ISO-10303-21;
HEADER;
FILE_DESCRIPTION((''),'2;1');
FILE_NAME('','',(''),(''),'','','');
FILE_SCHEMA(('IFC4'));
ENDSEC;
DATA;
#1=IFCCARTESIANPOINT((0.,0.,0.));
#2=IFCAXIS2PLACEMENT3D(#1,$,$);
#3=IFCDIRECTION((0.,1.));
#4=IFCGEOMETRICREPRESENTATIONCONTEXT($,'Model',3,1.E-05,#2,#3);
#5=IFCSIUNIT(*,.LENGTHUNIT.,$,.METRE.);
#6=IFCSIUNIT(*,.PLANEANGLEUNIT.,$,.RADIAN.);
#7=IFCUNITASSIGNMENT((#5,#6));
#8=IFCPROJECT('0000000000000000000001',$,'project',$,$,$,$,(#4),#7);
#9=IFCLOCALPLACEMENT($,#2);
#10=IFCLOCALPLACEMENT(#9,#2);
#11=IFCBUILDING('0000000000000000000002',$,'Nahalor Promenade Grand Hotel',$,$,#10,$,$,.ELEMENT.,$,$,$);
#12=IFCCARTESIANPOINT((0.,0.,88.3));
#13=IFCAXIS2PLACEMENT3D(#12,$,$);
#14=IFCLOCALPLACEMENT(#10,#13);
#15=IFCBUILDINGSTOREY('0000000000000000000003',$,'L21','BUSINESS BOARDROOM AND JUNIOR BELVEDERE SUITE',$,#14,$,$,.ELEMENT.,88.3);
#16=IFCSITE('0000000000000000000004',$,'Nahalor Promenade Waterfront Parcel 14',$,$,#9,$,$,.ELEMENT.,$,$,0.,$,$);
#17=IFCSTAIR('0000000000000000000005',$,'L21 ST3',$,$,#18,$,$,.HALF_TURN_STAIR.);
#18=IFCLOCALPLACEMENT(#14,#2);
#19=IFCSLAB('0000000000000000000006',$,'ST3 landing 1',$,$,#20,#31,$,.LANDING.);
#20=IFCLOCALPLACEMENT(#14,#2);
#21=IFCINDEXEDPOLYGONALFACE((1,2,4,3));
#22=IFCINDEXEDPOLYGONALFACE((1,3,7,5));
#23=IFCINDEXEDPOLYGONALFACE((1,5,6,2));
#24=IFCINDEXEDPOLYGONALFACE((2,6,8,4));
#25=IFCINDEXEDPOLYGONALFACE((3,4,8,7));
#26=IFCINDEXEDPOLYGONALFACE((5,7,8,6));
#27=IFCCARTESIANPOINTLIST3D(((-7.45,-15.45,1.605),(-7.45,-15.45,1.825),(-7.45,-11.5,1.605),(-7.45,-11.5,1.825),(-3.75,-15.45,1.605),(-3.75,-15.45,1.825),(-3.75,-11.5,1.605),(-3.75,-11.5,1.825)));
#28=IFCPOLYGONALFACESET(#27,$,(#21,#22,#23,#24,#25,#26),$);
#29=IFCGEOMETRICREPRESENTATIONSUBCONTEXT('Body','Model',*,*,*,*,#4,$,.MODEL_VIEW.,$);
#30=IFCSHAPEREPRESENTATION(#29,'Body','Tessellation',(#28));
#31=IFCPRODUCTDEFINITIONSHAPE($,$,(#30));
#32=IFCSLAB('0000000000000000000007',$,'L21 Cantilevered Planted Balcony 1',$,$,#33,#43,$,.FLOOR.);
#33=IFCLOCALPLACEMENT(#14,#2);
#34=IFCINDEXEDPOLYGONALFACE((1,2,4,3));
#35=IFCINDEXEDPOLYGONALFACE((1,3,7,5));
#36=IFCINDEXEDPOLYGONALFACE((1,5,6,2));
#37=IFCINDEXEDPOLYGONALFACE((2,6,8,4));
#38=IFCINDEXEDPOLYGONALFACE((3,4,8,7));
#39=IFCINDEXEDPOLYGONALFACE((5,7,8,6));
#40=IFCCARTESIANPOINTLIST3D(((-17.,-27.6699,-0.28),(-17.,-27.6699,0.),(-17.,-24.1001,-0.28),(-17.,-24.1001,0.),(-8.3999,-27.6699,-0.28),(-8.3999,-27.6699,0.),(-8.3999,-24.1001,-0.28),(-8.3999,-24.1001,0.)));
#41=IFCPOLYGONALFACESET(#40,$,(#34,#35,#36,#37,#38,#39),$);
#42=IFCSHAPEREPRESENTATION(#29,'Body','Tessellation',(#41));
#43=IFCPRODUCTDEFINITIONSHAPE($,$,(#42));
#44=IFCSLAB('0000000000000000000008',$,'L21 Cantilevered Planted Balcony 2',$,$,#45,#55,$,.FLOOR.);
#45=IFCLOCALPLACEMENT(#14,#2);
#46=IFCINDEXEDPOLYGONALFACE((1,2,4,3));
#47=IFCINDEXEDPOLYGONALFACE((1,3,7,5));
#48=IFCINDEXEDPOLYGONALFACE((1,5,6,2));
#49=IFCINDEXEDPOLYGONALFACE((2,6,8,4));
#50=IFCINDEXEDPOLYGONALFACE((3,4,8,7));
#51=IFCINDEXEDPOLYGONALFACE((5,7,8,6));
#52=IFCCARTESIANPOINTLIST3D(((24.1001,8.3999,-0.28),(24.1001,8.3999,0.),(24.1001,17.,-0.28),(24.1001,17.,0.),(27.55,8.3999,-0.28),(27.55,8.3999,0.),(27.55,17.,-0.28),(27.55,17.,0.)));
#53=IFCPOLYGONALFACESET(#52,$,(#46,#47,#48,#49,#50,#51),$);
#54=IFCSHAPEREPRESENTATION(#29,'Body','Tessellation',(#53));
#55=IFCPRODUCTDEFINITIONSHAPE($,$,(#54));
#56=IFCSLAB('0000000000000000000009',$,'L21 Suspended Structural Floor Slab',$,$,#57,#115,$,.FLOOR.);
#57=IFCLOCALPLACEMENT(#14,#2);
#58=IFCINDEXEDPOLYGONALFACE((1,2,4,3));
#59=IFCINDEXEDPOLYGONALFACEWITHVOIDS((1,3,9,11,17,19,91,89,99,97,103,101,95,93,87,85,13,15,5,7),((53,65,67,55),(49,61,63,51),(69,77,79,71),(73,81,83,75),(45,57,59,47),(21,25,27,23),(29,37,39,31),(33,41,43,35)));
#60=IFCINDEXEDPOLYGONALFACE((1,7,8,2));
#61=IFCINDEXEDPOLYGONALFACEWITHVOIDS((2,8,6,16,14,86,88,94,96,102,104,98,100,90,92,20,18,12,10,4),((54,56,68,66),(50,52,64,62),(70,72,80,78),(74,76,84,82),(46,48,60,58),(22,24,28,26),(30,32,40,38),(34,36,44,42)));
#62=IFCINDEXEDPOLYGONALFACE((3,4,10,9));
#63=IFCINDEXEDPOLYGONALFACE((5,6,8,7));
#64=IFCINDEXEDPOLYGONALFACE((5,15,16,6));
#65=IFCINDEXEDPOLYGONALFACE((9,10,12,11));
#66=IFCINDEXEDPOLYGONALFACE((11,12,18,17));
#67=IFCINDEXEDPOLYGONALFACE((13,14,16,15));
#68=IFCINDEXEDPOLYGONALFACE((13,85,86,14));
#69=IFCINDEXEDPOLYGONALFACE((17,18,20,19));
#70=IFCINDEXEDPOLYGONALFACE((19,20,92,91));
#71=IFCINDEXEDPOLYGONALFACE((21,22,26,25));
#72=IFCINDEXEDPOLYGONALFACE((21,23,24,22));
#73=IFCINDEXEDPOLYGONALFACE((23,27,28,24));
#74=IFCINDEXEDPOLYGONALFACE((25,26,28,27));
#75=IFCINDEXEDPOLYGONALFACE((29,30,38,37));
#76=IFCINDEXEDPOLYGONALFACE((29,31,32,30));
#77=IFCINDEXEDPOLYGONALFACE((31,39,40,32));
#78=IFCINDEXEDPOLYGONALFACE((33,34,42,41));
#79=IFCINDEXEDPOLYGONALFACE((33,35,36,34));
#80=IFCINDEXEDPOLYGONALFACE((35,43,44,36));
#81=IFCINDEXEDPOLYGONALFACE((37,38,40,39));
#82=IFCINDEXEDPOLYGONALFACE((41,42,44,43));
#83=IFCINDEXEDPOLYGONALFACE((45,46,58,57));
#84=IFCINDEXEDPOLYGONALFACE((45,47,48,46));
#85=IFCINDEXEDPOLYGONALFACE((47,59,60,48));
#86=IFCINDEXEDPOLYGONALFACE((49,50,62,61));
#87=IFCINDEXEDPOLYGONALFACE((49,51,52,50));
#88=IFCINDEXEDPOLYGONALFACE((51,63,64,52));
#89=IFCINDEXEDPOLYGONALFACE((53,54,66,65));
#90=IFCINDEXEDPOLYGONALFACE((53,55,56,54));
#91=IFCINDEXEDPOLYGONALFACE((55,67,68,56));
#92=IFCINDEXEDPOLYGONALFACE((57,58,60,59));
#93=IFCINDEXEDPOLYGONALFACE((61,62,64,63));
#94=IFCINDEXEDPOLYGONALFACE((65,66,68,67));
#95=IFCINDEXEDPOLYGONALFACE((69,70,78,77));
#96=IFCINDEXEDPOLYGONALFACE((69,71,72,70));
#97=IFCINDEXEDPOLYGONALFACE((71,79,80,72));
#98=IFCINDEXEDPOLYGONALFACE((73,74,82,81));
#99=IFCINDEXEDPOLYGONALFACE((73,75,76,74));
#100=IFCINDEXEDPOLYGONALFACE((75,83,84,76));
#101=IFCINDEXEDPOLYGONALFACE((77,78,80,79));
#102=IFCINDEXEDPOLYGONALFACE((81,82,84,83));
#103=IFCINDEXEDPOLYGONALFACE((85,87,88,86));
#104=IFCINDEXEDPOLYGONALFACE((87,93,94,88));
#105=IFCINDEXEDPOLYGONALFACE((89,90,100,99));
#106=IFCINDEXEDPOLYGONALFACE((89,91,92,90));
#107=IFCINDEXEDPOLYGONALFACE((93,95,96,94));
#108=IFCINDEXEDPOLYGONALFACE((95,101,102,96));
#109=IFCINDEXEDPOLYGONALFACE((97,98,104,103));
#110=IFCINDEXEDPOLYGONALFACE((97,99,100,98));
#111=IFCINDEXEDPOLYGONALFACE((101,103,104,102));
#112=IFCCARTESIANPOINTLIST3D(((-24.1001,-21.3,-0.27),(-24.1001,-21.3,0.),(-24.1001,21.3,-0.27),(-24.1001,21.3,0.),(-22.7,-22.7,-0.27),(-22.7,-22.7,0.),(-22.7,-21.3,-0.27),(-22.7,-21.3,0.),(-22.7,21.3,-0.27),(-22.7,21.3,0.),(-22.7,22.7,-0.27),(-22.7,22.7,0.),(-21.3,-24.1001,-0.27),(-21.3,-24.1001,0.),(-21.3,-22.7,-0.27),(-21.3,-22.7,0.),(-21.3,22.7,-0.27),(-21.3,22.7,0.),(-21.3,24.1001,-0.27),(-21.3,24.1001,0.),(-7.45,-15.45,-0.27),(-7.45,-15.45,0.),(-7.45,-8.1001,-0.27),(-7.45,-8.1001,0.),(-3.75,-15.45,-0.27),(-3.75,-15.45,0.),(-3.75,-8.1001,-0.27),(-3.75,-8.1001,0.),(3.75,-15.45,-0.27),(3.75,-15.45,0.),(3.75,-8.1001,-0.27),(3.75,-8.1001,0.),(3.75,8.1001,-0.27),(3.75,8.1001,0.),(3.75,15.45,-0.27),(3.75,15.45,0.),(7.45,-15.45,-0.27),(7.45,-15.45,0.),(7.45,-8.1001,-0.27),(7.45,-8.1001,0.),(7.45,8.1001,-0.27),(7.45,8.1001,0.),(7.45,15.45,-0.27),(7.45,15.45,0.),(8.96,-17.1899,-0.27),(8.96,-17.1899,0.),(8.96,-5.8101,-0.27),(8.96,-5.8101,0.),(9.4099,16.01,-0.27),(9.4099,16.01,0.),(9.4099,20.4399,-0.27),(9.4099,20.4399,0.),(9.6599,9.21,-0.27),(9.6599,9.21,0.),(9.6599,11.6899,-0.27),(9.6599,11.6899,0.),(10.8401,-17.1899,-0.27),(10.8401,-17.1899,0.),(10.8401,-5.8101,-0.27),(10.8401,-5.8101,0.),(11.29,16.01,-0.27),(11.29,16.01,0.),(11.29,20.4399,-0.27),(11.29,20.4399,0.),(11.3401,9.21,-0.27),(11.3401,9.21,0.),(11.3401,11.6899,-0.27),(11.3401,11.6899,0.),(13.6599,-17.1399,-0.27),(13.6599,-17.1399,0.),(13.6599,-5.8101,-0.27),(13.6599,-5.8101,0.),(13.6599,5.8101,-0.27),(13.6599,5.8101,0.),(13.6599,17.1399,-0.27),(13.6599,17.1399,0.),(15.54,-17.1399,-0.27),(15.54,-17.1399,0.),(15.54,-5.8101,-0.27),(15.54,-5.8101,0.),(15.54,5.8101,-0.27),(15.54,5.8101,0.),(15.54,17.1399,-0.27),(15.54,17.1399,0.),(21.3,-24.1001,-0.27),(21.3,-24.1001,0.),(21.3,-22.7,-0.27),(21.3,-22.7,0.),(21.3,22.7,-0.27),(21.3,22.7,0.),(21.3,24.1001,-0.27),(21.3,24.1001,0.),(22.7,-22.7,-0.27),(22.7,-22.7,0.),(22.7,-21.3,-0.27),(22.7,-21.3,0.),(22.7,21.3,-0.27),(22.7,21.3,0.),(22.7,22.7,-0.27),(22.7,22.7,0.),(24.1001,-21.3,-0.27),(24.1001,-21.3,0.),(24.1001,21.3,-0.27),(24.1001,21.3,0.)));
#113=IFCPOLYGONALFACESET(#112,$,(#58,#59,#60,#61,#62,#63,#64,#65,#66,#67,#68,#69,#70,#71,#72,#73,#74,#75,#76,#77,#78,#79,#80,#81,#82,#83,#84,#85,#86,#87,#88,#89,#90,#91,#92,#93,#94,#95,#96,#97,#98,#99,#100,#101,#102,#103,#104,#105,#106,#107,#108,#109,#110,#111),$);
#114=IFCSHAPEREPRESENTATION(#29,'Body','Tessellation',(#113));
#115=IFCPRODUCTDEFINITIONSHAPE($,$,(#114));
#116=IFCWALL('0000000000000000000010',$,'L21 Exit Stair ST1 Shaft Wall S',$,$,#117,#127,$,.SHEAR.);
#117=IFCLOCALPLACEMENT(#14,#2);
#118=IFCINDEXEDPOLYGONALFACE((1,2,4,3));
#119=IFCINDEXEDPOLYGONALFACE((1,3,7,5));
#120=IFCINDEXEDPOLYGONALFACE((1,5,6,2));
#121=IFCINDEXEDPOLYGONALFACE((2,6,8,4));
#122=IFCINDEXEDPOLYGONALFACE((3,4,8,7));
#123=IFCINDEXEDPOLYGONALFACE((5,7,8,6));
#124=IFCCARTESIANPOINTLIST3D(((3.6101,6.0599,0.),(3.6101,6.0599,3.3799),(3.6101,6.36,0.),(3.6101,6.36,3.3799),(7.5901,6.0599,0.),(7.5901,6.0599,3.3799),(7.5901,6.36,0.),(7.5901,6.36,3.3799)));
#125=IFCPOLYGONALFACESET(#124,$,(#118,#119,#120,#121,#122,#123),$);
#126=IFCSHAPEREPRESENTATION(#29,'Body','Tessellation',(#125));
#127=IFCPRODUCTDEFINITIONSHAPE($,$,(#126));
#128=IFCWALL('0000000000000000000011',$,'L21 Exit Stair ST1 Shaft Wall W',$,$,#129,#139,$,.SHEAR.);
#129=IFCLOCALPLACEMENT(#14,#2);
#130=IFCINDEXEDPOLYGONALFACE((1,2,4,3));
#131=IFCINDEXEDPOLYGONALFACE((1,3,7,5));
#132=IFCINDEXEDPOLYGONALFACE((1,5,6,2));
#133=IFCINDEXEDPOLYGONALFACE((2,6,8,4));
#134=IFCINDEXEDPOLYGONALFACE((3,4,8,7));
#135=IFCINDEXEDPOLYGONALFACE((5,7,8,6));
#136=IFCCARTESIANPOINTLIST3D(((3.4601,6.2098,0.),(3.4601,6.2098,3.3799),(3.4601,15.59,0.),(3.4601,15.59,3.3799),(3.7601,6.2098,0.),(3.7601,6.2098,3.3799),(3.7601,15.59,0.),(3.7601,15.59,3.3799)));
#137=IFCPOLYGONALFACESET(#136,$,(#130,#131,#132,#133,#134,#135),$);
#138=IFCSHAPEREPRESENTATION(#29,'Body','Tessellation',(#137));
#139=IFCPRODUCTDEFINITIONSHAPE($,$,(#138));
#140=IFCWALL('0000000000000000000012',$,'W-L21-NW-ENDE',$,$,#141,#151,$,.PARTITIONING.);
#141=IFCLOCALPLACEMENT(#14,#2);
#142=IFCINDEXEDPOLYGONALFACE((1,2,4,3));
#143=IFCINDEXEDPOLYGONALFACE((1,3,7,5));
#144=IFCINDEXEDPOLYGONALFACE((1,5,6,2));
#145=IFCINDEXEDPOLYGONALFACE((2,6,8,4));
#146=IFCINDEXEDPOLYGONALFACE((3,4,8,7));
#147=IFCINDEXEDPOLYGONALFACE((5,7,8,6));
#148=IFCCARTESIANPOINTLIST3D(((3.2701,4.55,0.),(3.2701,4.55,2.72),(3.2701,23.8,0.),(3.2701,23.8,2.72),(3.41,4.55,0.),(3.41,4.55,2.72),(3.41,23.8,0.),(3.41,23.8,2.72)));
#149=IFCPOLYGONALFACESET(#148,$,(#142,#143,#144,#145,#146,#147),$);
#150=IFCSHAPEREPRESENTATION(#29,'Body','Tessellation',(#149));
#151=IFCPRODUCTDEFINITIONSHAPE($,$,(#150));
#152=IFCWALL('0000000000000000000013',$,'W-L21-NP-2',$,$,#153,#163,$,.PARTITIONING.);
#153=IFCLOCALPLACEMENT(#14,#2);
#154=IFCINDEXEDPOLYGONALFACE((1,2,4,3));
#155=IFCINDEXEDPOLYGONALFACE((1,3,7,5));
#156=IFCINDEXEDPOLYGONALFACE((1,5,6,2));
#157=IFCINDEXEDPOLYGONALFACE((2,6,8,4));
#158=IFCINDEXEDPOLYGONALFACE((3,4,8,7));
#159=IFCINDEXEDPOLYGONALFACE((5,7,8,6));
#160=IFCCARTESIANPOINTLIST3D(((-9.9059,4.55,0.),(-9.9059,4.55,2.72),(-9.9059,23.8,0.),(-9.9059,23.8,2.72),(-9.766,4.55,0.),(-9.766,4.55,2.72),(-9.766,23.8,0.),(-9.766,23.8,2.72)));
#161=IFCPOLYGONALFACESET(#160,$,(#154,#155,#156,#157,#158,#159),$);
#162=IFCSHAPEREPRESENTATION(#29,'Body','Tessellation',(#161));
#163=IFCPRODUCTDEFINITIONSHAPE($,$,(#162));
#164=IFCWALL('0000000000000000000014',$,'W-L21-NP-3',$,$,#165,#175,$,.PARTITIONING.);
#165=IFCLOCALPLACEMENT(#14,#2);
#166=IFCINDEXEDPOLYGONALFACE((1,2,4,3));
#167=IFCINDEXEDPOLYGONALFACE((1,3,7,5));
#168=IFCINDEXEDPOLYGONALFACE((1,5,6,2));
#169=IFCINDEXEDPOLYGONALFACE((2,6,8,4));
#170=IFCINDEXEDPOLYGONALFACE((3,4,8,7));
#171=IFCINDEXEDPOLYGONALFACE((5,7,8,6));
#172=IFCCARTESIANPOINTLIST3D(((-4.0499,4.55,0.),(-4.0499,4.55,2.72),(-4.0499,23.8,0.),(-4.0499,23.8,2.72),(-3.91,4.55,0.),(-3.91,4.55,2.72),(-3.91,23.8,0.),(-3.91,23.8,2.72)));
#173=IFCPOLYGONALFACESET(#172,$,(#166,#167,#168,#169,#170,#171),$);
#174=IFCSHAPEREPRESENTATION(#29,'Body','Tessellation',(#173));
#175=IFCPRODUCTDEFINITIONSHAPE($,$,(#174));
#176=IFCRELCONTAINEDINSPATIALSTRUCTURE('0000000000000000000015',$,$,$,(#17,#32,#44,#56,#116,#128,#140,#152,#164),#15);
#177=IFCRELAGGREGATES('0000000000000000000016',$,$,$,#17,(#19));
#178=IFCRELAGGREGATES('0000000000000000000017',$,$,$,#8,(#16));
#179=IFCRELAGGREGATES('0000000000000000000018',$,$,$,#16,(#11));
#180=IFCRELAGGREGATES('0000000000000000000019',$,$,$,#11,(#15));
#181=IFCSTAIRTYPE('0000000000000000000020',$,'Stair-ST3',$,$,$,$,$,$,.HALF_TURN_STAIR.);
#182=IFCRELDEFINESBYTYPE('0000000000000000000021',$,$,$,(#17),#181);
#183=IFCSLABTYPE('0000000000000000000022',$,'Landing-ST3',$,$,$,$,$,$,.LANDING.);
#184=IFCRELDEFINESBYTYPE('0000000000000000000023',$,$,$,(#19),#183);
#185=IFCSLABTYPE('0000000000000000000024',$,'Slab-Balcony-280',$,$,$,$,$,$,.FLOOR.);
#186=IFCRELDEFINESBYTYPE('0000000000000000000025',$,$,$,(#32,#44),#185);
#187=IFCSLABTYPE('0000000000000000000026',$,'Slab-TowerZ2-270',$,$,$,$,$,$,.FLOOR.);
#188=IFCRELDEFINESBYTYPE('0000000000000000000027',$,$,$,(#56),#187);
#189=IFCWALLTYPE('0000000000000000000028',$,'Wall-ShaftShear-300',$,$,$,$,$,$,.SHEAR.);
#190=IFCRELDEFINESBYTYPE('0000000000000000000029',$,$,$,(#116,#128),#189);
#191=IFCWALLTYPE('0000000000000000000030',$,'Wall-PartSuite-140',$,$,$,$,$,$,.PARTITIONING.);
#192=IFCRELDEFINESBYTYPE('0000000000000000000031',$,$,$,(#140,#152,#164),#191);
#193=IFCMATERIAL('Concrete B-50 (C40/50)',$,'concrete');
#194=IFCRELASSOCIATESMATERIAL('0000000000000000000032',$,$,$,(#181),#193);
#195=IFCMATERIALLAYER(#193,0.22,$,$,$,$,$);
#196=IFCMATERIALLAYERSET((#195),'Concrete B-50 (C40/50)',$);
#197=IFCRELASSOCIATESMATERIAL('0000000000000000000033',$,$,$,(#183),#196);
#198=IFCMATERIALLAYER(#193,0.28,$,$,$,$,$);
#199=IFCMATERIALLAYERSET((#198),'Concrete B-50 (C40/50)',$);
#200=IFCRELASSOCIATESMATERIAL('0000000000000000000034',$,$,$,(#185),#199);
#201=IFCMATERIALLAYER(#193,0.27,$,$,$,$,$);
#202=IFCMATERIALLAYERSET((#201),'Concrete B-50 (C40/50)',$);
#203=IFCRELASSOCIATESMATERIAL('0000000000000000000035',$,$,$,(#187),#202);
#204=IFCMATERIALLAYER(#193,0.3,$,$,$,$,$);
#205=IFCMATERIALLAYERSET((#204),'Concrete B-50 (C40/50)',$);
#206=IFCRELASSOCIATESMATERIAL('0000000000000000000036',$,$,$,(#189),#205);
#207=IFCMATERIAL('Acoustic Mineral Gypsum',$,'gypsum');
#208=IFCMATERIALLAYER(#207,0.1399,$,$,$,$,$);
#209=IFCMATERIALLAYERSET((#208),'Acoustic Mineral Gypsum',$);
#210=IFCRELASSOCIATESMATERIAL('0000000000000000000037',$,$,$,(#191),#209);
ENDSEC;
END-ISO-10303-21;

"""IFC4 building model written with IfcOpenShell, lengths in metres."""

from ifc_helpers import new_model, si_unit, direction, frame, frame_2d, origin, place, context, subcontext, project, spatial, polyline, rectangle, outline, extrude, source, transform, mapped, material, layer, layer_set, type_object, element, aggregate, save


model = new_model("IFC4")

# Units and contexts
model_context = context("Model", 3, precision=1e-05, world=origin(), true_north=direction((0.0, 1.0)))
body_context = subcontext(model_context, "Body", "Model", "MODEL_VIEW")
ifc_project = project(units=[si_unit("LENGTHUNIT", "METRE"), si_unit("PLANEANGLEUNIT", "RADIAN")], contexts=[model_context])

# Site, building, storey
site_placement = place(None, origin())
site = spatial("IfcSite", under=ifc_project, at=site_placement, Name="Nahalor Promenade Waterfront Parcel 14", CompositionType="ELEMENT", RefElevation=0.0)
building_placement = place(site_placement, origin())
building = spatial("IfcBuilding", under=site, at=building_placement, Name="Nahalor Promenade Grand Hotel", CompositionType="ELEMENT")
storey_placement = place(building_placement, frame((0.0, 0.0, 88.3)))
storey = spatial("IfcBuildingStorey", under=building, at=storey_placement, Name="L21", Description="BUSINESS BOARDROOM AND JUNIOR BELVEDERE SUITE", CompositionType="ELEMENT", Elevation=88.3)

# Stair, slab
ifc_material_1 = material(Name="Concrete B-50 (C40/50)", Category="concrete")
stair_type_1 = type_object("IfcStairType", Name="Stair-ST3", PredefinedType="HALF_TURN_STAIR", material=ifc_material_1)
stair_1_placement = place(storey_placement, origin())
stair_1 = element("IfcStair", 1, at=stair_1_placement, inside=storey, type_object=stair_type_1, Name="L21 ST3", PredefinedType="HALF_TURN_STAIR")
ifc_layer_1 = layer(ifc_material_1, 0.22)
ifc_layer_set_1 = layer_set([ifc_layer_1], Name="Concrete B-50 (C40/50)")
slab_type_1 = type_object("IfcSlabType", Name="Landing-ST3", PredefinedType="LANDING", material=ifc_layer_set_1)
slab_1_placement = place(storey_placement, frame((0.0, 0.0, 1.605)))
slab_1 = element("IfcSlab", 2, at=slab_1_placement, type_object=slab_type_1, Name="ST3 landing 1", PredefinedType="LANDING", context=body_context, shape_type="SweptSolid", body=[
    extrude(outline(polyline([(-7.45, -11.5), (-7.45, -15.45), (-3.75, -15.45), (-3.75, -11.5), (-7.45, -11.5)])), origin(), (0.0, 0.0, 1.0), 0.22),
])
aggregate(stair_1, [slab_1])

# Slabs
ifc_layer_2 = layer(ifc_material_1, 0.28)
ifc_layer_set_2 = layer_set([ifc_layer_2], Name="Concrete B-50 (C40/50)")
slab_type_2 = type_object("IfcSlabType", Name="Slab-Balcony-280", PredefinedType="FLOOR", material=ifc_layer_set_2)
slab_2_placement = place(storey_placement, frame((0.0, 0.0, -0.28)))
element("IfcSlab", 3, at=slab_2_placement, inside=storey, type_object=slab_type_2, Name="L21 Cantilevered Planted Balcony 1", PredefinedType="FLOOR", context=body_context, shape_type="SweptSolid", body=[
    extrude(outline(polyline([(-17.0, -27.6699), (-8.3999, -27.6699), (-8.3999, -24.1001), (-17.0, -24.1001), (-17.0, -27.6699)])), origin(), (0.0, 0.0, 1.0), 0.28),
])
slab_3_placement = place(storey_placement, frame((0.0, 0.0, -0.28)))
element("IfcSlab", 4, at=slab_3_placement, inside=storey, type_object=slab_type_2, Name="L21 Cantilevered Planted Balcony 2", PredefinedType="FLOOR", context=body_context, shape_type="SweptSolid", body=[
    extrude(outline(polyline([(24.1001, 8.3999), (27.55, 8.3999), (27.55, 17.0), (24.1001, 17.0), (24.1001, 8.3999)])), origin(), (0.0, 0.0, 1.0), 0.28),
])
ifc_layer_3 = layer(ifc_material_1, 0.27)
ifc_layer_set_3 = layer_set([ifc_layer_3], Name="Concrete B-50 (C40/50)")
slab_type_3 = type_object("IfcSlabType", Name="Slab-TowerZ2-270", PredefinedType="FLOOR", material=ifc_layer_set_3)
slab_4_placement = place(storey_placement, frame((0.0, 0.0, -0.27)))
element("IfcSlab", 5, at=slab_4_placement, inside=storey, type_object=slab_type_3, Name="L21 Suspended Structural Floor Slab", PredefinedType="FLOOR", context=body_context, shape_type="SweptSolid", body=[
    extrude(outline(polyline([(-21.3, -24.1001), (21.3, -24.1001), (21.3, -22.7), (22.7, -22.7), (22.7, -21.3), (24.1001, -21.3), (24.1001, 21.3), (22.7, 21.3), (22.7, 22.7), (21.3, 22.7), (21.3, 24.1001), (-21.3, 24.1001), (-21.3, 22.7), (-22.7, 22.7), (-22.7, 21.3), (-24.1001, 21.3), (-24.1001, -21.3), (-22.7, -21.3), (-22.7, -22.7), (-21.3, -22.7), (-21.3, -24.1001)]), holes=[polyline([(3.75, 8.1001), (7.45, 8.1001), (7.45, 15.45), (3.75, 15.45), (3.75, 8.1001)]), polyline([(3.75, -15.45), (7.45, -15.45), (7.45, -8.1001), (3.75, -8.1001), (3.75, -15.45)]), polyline([(-7.45, -15.45), (-3.75, -15.45), (-3.75, -8.1001), (-7.45, -8.1001), (-7.45, -15.45)]), polyline([(13.6599, 5.8101), (15.54, 5.8101), (15.54, 17.1399), (13.6599, 17.1399), (13.6599, 5.8101)]), polyline([(13.6599, -17.1399), (15.54, -17.1399), (15.54, -5.8101), (13.6599, -5.8101), (13.6599, -17.1399)]), polyline([(8.96, -17.1899), (10.8401, -17.1899), (10.8401, -5.8101), (8.96, -5.8101), (8.96, -17.1899)]), polyline([(9.4099, 16.01), (11.29, 16.01), (11.29, 20.4399), (9.4099, 20.4399), (9.4099, 16.01)]), polyline([(9.6599, 9.21), (11.3401, 9.21), (11.3401, 11.6899), (9.6599, 11.6899), (9.6599, 9.21)])]), origin(), (0.0, 0.0, 1.0), 0.27),
])

# Walls
ifc_layer_4 = layer(ifc_material_1, 0.3)
ifc_layer_set_4 = layer_set([ifc_layer_4], Name="Concrete B-50 (C40/50)")
wall_type_1 = type_object("IfcWallType", Name="Wall-ShaftShear-300", PredefinedType="SHEAR", material=ifc_layer_set_4)
shared_shape_1 = source(origin(), body_context, "Body", "SweptSolid", [
    extrude(rectangle(XDim=3.98, YDim=0.3, at=frame_2d((1.99, 0.0))), origin(), (0.0, 0.0, 1.0), 3.3799),
])
wall_1_placement = place(storey_placement, frame((3.6101, 6.21, 0.0), z_axis=(0.0, 0.0, 1.0), x_axis=(1.0, 0.0, 0.0)))
element("IfcWall", 6, at=wall_1_placement, inside=storey, type_object=wall_type_1, Name="L21 Exit Stair ST1 Shaft Wall S", PredefinedType="SHEAR", context=body_context, shape_type="MappedRepresentation", body=[
    mapped(shared_shape_1, transform((0.0, 0.0, 0.0), scale=1.0)),
])
shared_shape_2 = source(origin(), body_context, "Body", "SweptSolid", [
    extrude(rectangle(XDim=9.3801, YDim=0.3, at=frame_2d((4.6899, 0.0))), origin(), (0.0, 0.0, 1.0), 3.3799),
])
wall_2_placement = place(storey_placement, frame((3.6101, 6.21, 0.0), z_axis=(0.0, 0.0, 1.0), x_axis=(0.0, 1.0, 0.0)))
element("IfcWall", 7, at=wall_2_placement, inside=storey, type_object=wall_type_1, Name="L21 Exit Stair ST1 Shaft Wall W", PredefinedType="SHEAR", context=body_context, shape_type="MappedRepresentation", body=[
    mapped(shared_shape_2, transform((0.0, 0.0, 0.0), scale=1.0)),
])
ifc_material_2 = material(Name="Acoustic Mineral Gypsum", Category="gypsum")
ifc_layer_5 = layer(ifc_material_2, 0.1399)
ifc_layer_set_5 = layer_set([ifc_layer_5], Name="Acoustic Mineral Gypsum")
wall_type_2 = type_object("IfcWallType", Name="Wall-PartSuite-140", PredefinedType="PARTITIONING", material=ifc_layer_set_5)
shared_shape_3 = source(origin(), body_context, "Body", "SweptSolid", [
    extrude(rectangle(XDim=19.25, YDim=0.1399, at=frame_2d((9.625, 0.0))), origin(), (0.0, 0.0, 1.0), 2.72),
])
for number, where, z_axis, x_axis, name in (
    (8, (3.3401, 4.55, 0.0), (0.0, 0.0, 1.0), (0.0, 1.0, 0.0), "W-L21-NW-ENDE"),
    (9, (-9.8359, 4.55, 0.0), (0.0, 0.0, 1.0), (0.0, 1.0, 0.0), "W-L21-NP-2"),
    (10, (-3.98, 4.55, 0.0), (0.0, 0.0, 1.0), (0.0, 1.0, 0.0), "W-L21-NP-3"),
):
    element("IfcWall", number, at=place(storey_placement, frame(where, z_axis=z_axis, x_axis=x_axis)), inside=storey, type_object=wall_type_2, Name=name, PredefinedType="PARTITIONING", context=body_context, shape_type="MappedRepresentation", body=[
        mapped(shared_shape_3, transform((0.0, 0.0, 0.0), scale=1.0)),
    ])

save(model, "model.ifc")
